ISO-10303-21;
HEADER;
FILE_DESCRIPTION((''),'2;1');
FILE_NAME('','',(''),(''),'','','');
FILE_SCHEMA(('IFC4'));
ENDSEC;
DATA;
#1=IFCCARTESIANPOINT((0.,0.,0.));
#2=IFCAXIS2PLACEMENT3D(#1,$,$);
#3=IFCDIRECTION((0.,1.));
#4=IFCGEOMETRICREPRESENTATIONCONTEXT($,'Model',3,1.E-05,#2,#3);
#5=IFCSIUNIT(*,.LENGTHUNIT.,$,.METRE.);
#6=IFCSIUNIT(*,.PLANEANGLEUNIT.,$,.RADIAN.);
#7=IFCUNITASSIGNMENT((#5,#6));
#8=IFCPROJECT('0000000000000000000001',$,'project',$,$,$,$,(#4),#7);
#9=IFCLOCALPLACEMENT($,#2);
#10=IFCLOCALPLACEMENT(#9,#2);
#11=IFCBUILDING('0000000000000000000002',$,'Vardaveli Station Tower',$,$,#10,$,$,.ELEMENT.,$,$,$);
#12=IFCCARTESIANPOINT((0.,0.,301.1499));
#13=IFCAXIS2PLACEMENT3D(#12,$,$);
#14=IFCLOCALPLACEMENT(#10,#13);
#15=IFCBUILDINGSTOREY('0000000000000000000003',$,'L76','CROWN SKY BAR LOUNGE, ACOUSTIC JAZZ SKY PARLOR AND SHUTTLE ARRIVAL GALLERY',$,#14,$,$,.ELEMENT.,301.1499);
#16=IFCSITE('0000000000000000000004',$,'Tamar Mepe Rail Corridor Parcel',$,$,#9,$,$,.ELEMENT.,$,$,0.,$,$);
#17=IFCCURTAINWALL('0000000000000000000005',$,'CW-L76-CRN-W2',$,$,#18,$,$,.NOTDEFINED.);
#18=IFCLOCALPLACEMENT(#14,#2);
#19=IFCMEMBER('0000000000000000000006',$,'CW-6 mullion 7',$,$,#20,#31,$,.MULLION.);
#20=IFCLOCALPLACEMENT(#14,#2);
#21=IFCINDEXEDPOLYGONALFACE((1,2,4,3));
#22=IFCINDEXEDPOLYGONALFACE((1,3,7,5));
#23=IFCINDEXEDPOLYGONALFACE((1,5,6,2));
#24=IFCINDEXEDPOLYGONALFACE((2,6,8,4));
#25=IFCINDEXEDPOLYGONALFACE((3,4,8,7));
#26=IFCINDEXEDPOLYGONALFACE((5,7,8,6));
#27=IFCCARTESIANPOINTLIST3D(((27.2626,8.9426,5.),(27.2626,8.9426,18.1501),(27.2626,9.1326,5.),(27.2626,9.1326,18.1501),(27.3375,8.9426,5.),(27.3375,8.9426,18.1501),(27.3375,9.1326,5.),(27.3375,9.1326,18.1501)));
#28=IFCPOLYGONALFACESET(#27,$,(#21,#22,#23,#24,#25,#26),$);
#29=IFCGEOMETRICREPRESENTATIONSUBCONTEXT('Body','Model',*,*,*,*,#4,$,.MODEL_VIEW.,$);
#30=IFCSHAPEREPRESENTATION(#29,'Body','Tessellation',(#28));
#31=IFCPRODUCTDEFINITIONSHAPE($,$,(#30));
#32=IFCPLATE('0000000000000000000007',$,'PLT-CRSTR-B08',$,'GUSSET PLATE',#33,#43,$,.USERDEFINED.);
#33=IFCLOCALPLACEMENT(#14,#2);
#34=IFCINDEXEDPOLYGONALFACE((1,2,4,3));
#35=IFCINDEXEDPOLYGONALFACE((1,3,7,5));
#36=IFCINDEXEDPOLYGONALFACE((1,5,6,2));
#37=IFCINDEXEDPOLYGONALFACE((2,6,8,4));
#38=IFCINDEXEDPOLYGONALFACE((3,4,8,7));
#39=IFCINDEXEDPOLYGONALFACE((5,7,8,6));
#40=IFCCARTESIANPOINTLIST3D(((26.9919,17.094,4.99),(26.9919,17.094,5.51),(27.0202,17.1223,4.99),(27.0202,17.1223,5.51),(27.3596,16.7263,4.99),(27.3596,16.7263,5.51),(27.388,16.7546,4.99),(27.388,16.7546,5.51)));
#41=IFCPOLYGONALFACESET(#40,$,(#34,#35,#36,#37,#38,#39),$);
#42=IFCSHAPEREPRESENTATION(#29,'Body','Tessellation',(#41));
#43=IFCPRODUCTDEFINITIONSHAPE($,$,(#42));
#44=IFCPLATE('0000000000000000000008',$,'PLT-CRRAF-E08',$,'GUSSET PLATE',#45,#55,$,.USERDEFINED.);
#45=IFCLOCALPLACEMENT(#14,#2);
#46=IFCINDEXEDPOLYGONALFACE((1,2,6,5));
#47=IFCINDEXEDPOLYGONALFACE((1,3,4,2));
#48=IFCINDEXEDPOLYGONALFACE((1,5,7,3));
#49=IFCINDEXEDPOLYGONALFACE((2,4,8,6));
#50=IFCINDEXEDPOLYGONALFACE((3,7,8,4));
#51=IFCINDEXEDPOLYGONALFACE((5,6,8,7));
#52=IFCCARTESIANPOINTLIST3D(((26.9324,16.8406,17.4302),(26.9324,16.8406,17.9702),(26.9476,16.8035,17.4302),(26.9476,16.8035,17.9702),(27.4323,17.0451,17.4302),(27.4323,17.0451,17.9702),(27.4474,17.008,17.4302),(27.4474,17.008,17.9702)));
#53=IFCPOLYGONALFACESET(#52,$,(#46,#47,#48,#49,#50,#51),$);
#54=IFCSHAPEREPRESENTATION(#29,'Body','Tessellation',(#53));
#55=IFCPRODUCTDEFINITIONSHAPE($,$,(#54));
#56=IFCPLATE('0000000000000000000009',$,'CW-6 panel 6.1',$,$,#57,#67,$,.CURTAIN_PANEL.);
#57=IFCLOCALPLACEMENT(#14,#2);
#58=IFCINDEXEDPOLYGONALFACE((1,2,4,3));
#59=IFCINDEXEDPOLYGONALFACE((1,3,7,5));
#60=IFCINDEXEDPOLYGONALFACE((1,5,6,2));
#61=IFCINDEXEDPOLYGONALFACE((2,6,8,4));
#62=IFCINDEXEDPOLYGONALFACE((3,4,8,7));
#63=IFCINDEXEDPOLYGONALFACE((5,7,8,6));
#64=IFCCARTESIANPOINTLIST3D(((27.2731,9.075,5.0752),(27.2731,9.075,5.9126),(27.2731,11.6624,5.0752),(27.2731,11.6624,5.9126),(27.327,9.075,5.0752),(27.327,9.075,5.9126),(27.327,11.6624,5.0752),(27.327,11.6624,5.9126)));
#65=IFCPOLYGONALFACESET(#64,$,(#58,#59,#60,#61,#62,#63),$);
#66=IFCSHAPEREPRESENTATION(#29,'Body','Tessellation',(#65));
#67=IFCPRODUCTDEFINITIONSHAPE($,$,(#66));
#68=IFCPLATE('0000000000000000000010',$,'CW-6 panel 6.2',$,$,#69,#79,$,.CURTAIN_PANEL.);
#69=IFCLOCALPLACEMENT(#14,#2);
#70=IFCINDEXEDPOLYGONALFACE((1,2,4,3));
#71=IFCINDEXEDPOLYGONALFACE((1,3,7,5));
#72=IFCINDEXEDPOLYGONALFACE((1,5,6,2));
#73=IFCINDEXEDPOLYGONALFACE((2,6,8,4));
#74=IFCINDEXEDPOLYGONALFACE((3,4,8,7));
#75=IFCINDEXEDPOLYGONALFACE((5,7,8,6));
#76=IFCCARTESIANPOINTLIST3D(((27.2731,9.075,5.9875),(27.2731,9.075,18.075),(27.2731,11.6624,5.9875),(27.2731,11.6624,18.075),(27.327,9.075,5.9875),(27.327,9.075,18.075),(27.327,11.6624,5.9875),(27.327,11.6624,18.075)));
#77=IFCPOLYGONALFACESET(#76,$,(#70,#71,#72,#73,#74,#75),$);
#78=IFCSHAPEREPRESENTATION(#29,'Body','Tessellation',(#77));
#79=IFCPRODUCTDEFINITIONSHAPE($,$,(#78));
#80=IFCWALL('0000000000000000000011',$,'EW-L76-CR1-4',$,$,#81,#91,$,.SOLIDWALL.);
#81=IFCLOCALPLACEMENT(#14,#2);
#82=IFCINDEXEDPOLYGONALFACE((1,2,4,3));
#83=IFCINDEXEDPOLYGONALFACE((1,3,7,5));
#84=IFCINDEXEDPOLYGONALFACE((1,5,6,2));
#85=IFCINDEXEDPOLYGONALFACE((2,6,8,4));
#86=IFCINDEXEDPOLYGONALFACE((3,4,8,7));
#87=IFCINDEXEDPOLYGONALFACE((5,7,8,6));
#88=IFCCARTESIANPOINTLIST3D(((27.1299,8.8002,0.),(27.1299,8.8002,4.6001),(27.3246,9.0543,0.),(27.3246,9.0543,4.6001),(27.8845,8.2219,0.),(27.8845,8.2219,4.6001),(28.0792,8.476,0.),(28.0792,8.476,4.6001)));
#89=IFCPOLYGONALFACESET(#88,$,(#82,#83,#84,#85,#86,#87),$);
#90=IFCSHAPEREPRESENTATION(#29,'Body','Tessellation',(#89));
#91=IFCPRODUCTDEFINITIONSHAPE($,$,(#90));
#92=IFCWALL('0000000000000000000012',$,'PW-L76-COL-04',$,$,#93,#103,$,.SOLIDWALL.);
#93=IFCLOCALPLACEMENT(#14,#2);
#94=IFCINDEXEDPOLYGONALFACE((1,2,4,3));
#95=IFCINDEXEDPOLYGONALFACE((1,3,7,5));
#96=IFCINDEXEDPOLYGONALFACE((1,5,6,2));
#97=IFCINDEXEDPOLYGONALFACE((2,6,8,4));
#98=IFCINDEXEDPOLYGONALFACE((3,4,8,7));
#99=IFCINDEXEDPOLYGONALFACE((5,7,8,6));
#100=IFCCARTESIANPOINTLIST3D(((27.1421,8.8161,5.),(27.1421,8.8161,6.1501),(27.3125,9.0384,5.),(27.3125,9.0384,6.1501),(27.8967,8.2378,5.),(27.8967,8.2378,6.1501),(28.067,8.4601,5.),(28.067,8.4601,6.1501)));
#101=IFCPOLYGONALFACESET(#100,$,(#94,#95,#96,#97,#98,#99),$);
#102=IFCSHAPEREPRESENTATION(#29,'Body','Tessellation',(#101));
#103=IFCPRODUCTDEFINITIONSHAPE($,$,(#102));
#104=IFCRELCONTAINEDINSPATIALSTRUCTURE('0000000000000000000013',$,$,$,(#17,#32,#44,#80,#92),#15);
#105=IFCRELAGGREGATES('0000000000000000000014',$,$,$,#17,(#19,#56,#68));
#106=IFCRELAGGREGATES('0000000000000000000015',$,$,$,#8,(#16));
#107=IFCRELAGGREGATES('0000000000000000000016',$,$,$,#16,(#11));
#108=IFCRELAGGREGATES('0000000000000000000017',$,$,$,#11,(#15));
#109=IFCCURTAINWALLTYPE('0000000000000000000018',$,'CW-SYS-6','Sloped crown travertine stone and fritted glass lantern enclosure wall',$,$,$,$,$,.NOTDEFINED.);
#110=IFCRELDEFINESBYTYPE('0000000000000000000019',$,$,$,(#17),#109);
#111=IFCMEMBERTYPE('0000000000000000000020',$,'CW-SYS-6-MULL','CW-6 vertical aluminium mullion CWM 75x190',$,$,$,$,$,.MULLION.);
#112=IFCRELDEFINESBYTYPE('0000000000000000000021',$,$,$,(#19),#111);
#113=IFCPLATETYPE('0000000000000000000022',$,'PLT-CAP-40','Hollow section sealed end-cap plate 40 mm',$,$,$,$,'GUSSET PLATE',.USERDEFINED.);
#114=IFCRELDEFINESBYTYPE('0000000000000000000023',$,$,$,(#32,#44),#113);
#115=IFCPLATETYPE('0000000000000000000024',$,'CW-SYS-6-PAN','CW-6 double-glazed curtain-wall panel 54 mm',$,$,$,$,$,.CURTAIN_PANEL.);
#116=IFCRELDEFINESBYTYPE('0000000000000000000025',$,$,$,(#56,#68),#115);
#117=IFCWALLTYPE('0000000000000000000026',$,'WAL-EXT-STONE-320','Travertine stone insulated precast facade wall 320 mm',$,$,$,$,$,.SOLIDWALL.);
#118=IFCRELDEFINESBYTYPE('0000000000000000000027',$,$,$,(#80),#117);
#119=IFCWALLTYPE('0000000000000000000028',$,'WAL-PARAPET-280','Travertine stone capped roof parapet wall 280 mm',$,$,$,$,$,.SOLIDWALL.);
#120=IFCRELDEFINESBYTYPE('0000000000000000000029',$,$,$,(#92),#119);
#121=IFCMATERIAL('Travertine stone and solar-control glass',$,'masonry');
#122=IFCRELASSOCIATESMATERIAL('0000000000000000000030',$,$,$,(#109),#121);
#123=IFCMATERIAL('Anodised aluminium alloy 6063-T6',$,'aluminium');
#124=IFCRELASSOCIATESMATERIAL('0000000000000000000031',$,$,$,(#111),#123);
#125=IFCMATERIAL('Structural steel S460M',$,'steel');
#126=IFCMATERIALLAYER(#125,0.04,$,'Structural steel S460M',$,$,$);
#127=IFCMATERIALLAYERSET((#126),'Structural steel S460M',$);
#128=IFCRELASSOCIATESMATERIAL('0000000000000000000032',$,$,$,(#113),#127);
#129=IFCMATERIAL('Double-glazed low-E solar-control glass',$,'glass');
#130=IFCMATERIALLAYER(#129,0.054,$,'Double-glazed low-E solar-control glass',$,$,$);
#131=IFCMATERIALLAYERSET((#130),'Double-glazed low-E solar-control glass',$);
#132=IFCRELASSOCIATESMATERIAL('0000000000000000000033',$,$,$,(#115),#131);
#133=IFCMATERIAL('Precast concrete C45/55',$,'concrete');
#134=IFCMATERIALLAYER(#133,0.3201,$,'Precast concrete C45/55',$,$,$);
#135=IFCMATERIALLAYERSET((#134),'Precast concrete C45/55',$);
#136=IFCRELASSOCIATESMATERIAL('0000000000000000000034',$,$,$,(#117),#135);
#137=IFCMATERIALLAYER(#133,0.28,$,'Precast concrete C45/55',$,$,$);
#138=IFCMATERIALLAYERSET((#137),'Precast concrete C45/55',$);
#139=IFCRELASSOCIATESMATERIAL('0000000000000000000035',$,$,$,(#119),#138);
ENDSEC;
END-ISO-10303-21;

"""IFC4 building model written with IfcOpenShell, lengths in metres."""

from ifc_helpers import new_model, si_unit, direction, frame, frame_2d, origin, origin_2d, place, context, subcontext, project, spatial, rectangle, extrude, source, transform, mapped, material, layer, layer_set, material_profile, profile_set, type_object, element, aggregate, save


model = new_model("IFC4")

# Units and contexts
model_context = context("Model", 3, precision=1e-05, world=origin(), true_north=direction((0.0, 1.0)))
body_context = subcontext(model_context, "Body", "Model", "MODEL_VIEW")
ifc_project = project(units=[si_unit("LENGTHUNIT", "METRE"), si_unit("PLANEANGLEUNIT", "RADIAN")], contexts=[model_context])

# Site, building, storey
site_placement = place(None, origin())
site = spatial("IfcSite", under=ifc_project, at=site_placement, Name="Tamar Mepe Rail Corridor Parcel", CompositionType="ELEMENT", RefElevation=0.0)
building_placement = place(site_placement, origin())
building = spatial("IfcBuilding", under=site, at=building_placement, Name="Vardaveli Station Tower", CompositionType="ELEMENT")
storey_placement = place(building_placement, frame((0.0, 0.0, 301.1499)))
storey = spatial("IfcBuildingStorey", under=building, at=storey_placement, Name="L76", Description="CROWN SKY BAR LOUNGE, ACOUSTIC JAZZ SKY PARLOR AND SHUTTLE ARRIVAL GALLERY", CompositionType="ELEMENT", Elevation=301.1499)

# Shared definitions
ifc_material_1 = material(Name="Precast concrete C45/55", Category="concrete")

# Shared definitions
ifc_material_2 = material(Name="Structural steel S460M", Category="steel")

# Curtain wall, member
ifc_material_3 = material(Name="Travertine stone and solar-control glass", Category="masonry")
curtain_wall_type = type_object("IfcCurtainWallType", Name="CW-SYS-6", Description="Sloped crown travertine stone and fritted glass lantern enclosure wall", PredefinedType="NOTDEFINED", material=ifc_material_3)
curtain_wall_placement = place(storey_placement, origin())
curtain_wall = element("IfcCurtainWall", 1, at=curtain_wall_placement, inside=storey, type_object=curtain_wall_type, Name="CW-L76-CRN-W2", PredefinedType="NOTDEFINED")
ifc_material_4 = material(Name="Anodised aluminium alloy 6063-T6", Category="aluminium")
ifc_material_profile_1 = material_profile(ifc_material_4, rectangle(XDim=0.075, YDim=0.1899, at=origin_2d()), Name="CWM 75x190")
ifc_profile_set_1 = profile_set([ifc_material_profile_1], Name="Anodised aluminium alloy 6063-T6")
member_type_1 = type_object("IfcMemberType", Name="CW-SYS-6-MULL", Description="CW-6 vertical aluminium mullion CWM 75x190", PredefinedType="MULLION", material=ifc_profile_set_1)
shared_shape_1 = source(origin(), body_context, "Body", "SweptSolid", [
    extrude(rectangle(XDim=0.075, YDim=0.1899, at=origin_2d()), origin(), (0.0, 0.0, 1.0), 13.1501),
])
member_1_placement = place(storey_placement, frame((27.3, 9.0376, 5.0), z_axis=(0.0, 0.0, 1.0), x_axis=(1.0, 0.0, 0.0)))
member_1 = element("IfcMember", 2, at=member_1_placement, type_object=member_type_1, Name="CW-6 mullion 7", PredefinedType="MULLION", context=body_context, shape_type="MappedRepresentation", body=[
    mapped(shared_shape_1, transform((0.0, 0.0, 0.0), scale=1.0)),
])

# Plates
ifc_layer_1 = layer(ifc_material_2, 0.04, Name="Structural steel S460M")
ifc_layer_set_1 = layer_set([ifc_layer_1], Name="Structural steel S460M")
plate_type_1 = type_object("IfcPlateType", Name="PLT-CAP-40", Description="Hollow section sealed end-cap plate 40 mm", ElementType="GUSSET PLATE", PredefinedType="USERDEFINED", material=ifc_layer_set_1)
shared_shape_2 = source(origin(), body_context, "Body", "SweptSolid", [
    extrude(rectangle(XDim=0.52, YDim=0.04, at=origin_2d()), origin(), (0.0, 0.0, 1.0), 0.52),
])
plate_1_placement = place(storey_placement, frame((27.1899, 16.9243, 4.99), z_axis=(0.0, 0.0, 1.0), x_axis=(0.707107, -0.707107, 0.0)))
element("IfcPlate", 3, at=plate_1_placement, inside=storey, type_object=plate_type_1, Name="PLT-CRSTR-B08", ObjectType="GUSSET PLATE", PredefinedType="USERDEFINED", context=body_context, shape_type="MappedRepresentation", body=[
    mapped(shared_shape_2, transform((0.0, 0.0, 0.0), scale=1.0)),
])
shared_shape_3 = source(origin(), body_context, "Body", "SweptSolid", [
    extrude(rectangle(XDim=0.54, YDim=0.04, at=origin_2d()), origin(), (0.0, 0.0, 1.0), 0.54),
])
plate_2_placement = place(storey_placement, frame((27.1899, 16.9243, 17.4302), z_axis=(0.0, 0.0, 1.0), x_axis=(0.925541, 0.378649, 0.0)))
element("IfcPlate", 4, at=plate_2_placement, inside=storey, type_object=plate_type_1, Name="PLT-CRRAF-E08", ObjectType="GUSSET PLATE", PredefinedType="USERDEFINED", context=body_context, shape_type="MappedRepresentation", body=[
    mapped(shared_shape_3, transform((0.0, 0.0, 0.0), scale=1.0)),
])

# Plates
ifc_material_5 = material(Name="Double-glazed low-E solar-control glass", Category="glass")
ifc_layer_2 = layer(ifc_material_5, 0.054, Name="Double-glazed low-E solar-control glass")
ifc_layer_set_2 = layer_set([ifc_layer_2], Name="Double-glazed low-E solar-control glass")
plate_type_2 = type_object("IfcPlateType", Name="CW-SYS-6-PAN", Description="CW-6 double-glazed curtain-wall panel 54 mm", PredefinedType="CURTAIN_PANEL", material=ifc_layer_set_2)
shared_shape_4 = source(origin(), body_context, "Body", "SweptSolid", [
    extrude(rectangle(XDim=2.5874, YDim=0.054, at=origin_2d()), origin(), (0.0, 0.0, 1.0), 0.8374),
])
plate_3_placement = place(storey_placement, frame((27.3, 10.3687, 5.0752), z_axis=(0.0, 0.0, 1.0), x_axis=(0.0, -1.0, 0.0)))
plate_3 = element("IfcPlate", 5, at=plate_3_placement, type_object=plate_type_2, Name="CW-6 panel 6.1", PredefinedType="CURTAIN_PANEL", context=body_context, shape_type="MappedRepresentation", body=[
    mapped(shared_shape_4, transform((0.0, 0.0, 0.0), scale=1.0)),
])
shared_shape_5 = source(origin(), body_context, "Body", "SweptSolid", [
    extrude(rectangle(XDim=2.5874, YDim=0.054, at=origin_2d()), origin(), (0.0, 0.0, 1.0), 12.0874),
])
plate_4_placement = place(storey_placement, frame((27.3, 10.3687, 5.9875), z_axis=(0.0, 0.0, 1.0), x_axis=(0.0, -1.0, 0.0)))
plate_4 = element("IfcPlate", 6, at=plate_4_placement, type_object=plate_type_2, Name="CW-6 panel 6.2", PredefinedType="CURTAIN_PANEL", context=body_context, shape_type="MappedRepresentation", body=[
    mapped(shared_shape_5, transform((0.0, 0.0, 0.0), scale=1.0)),
])
aggregate(curtain_wall, [member_1, plate_3, plate_4])

# Walls
ifc_layer_3 = layer(ifc_material_1, 0.3201, Name="Precast concrete C45/55")
ifc_layer_set_3 = layer_set([ifc_layer_3], Name="Precast concrete C45/55")
wall_type_1 = type_object("IfcWallType", Name="WAL-EXT-STONE-320", Description="Travertine stone insulated precast facade wall 320 mm", PredefinedType="SOLIDWALL", material=ifc_layer_set_3)
shared_shape_6 = source(origin(), body_context, "Body", "SweptSolid", [
    extrude(rectangle(XDim=0.9507, YDim=0.3201, at=frame_2d((0.4753, 0.0))), origin(), (0.0, 0.0, 1.0), 4.6001),
])
wall_1_placement = place(storey_placement, frame((27.2273, 8.9272, 0.0), z_axis=(0.0, 0.0, 1.0), x_axis=(0.793701, -0.608308, 0.0)))
element("IfcWall", 7, at=wall_1_placement, inside=storey, type_object=wall_type_1, Name="EW-L76-CR1-4", PredefinedType="SOLIDWALL", context=body_context, shape_type="MappedRepresentation", body=[
    mapped(shared_shape_6, transform((0.0, 0.0, 0.0), scale=1.0)),
])
ifc_layer_4 = layer(ifc_material_1, 0.28, Name="Precast concrete C45/55")
ifc_layer_set_4 = layer_set([ifc_layer_4], Name="Precast concrete C45/55")
wall_type_2 = type_object("IfcWallType", Name="WAL-PARAPET-280", Description="Travertine stone capped roof parapet wall 280 mm", PredefinedType="SOLIDWALL", material=ifc_layer_set_4)
shared_shape_7 = source(origin(), body_context, "Body", "SweptSolid", [
    extrude(rectangle(XDim=0.9507, YDim=0.28, at=frame_2d((0.4753, 0.0))), origin(), (0.0, 0.0, 1.0), 1.1501),
])
wall_2_placement = place(storey_placement, frame((27.2273, 8.9272, 5.0), z_axis=(0.0, 0.0, 1.0), x_axis=(0.793701, -0.608308, 0.0)))
element("IfcWall", 8, at=wall_2_placement, inside=storey, type_object=wall_type_2, Name="PW-L76-COL-04", PredefinedType="SOLIDWALL", context=body_context, shape_type="MappedRepresentation", body=[
    mapped(shared_shape_7, transform((0.0, 0.0, 0.0), scale=1.0)),
])

save(model, "model.ifc")
